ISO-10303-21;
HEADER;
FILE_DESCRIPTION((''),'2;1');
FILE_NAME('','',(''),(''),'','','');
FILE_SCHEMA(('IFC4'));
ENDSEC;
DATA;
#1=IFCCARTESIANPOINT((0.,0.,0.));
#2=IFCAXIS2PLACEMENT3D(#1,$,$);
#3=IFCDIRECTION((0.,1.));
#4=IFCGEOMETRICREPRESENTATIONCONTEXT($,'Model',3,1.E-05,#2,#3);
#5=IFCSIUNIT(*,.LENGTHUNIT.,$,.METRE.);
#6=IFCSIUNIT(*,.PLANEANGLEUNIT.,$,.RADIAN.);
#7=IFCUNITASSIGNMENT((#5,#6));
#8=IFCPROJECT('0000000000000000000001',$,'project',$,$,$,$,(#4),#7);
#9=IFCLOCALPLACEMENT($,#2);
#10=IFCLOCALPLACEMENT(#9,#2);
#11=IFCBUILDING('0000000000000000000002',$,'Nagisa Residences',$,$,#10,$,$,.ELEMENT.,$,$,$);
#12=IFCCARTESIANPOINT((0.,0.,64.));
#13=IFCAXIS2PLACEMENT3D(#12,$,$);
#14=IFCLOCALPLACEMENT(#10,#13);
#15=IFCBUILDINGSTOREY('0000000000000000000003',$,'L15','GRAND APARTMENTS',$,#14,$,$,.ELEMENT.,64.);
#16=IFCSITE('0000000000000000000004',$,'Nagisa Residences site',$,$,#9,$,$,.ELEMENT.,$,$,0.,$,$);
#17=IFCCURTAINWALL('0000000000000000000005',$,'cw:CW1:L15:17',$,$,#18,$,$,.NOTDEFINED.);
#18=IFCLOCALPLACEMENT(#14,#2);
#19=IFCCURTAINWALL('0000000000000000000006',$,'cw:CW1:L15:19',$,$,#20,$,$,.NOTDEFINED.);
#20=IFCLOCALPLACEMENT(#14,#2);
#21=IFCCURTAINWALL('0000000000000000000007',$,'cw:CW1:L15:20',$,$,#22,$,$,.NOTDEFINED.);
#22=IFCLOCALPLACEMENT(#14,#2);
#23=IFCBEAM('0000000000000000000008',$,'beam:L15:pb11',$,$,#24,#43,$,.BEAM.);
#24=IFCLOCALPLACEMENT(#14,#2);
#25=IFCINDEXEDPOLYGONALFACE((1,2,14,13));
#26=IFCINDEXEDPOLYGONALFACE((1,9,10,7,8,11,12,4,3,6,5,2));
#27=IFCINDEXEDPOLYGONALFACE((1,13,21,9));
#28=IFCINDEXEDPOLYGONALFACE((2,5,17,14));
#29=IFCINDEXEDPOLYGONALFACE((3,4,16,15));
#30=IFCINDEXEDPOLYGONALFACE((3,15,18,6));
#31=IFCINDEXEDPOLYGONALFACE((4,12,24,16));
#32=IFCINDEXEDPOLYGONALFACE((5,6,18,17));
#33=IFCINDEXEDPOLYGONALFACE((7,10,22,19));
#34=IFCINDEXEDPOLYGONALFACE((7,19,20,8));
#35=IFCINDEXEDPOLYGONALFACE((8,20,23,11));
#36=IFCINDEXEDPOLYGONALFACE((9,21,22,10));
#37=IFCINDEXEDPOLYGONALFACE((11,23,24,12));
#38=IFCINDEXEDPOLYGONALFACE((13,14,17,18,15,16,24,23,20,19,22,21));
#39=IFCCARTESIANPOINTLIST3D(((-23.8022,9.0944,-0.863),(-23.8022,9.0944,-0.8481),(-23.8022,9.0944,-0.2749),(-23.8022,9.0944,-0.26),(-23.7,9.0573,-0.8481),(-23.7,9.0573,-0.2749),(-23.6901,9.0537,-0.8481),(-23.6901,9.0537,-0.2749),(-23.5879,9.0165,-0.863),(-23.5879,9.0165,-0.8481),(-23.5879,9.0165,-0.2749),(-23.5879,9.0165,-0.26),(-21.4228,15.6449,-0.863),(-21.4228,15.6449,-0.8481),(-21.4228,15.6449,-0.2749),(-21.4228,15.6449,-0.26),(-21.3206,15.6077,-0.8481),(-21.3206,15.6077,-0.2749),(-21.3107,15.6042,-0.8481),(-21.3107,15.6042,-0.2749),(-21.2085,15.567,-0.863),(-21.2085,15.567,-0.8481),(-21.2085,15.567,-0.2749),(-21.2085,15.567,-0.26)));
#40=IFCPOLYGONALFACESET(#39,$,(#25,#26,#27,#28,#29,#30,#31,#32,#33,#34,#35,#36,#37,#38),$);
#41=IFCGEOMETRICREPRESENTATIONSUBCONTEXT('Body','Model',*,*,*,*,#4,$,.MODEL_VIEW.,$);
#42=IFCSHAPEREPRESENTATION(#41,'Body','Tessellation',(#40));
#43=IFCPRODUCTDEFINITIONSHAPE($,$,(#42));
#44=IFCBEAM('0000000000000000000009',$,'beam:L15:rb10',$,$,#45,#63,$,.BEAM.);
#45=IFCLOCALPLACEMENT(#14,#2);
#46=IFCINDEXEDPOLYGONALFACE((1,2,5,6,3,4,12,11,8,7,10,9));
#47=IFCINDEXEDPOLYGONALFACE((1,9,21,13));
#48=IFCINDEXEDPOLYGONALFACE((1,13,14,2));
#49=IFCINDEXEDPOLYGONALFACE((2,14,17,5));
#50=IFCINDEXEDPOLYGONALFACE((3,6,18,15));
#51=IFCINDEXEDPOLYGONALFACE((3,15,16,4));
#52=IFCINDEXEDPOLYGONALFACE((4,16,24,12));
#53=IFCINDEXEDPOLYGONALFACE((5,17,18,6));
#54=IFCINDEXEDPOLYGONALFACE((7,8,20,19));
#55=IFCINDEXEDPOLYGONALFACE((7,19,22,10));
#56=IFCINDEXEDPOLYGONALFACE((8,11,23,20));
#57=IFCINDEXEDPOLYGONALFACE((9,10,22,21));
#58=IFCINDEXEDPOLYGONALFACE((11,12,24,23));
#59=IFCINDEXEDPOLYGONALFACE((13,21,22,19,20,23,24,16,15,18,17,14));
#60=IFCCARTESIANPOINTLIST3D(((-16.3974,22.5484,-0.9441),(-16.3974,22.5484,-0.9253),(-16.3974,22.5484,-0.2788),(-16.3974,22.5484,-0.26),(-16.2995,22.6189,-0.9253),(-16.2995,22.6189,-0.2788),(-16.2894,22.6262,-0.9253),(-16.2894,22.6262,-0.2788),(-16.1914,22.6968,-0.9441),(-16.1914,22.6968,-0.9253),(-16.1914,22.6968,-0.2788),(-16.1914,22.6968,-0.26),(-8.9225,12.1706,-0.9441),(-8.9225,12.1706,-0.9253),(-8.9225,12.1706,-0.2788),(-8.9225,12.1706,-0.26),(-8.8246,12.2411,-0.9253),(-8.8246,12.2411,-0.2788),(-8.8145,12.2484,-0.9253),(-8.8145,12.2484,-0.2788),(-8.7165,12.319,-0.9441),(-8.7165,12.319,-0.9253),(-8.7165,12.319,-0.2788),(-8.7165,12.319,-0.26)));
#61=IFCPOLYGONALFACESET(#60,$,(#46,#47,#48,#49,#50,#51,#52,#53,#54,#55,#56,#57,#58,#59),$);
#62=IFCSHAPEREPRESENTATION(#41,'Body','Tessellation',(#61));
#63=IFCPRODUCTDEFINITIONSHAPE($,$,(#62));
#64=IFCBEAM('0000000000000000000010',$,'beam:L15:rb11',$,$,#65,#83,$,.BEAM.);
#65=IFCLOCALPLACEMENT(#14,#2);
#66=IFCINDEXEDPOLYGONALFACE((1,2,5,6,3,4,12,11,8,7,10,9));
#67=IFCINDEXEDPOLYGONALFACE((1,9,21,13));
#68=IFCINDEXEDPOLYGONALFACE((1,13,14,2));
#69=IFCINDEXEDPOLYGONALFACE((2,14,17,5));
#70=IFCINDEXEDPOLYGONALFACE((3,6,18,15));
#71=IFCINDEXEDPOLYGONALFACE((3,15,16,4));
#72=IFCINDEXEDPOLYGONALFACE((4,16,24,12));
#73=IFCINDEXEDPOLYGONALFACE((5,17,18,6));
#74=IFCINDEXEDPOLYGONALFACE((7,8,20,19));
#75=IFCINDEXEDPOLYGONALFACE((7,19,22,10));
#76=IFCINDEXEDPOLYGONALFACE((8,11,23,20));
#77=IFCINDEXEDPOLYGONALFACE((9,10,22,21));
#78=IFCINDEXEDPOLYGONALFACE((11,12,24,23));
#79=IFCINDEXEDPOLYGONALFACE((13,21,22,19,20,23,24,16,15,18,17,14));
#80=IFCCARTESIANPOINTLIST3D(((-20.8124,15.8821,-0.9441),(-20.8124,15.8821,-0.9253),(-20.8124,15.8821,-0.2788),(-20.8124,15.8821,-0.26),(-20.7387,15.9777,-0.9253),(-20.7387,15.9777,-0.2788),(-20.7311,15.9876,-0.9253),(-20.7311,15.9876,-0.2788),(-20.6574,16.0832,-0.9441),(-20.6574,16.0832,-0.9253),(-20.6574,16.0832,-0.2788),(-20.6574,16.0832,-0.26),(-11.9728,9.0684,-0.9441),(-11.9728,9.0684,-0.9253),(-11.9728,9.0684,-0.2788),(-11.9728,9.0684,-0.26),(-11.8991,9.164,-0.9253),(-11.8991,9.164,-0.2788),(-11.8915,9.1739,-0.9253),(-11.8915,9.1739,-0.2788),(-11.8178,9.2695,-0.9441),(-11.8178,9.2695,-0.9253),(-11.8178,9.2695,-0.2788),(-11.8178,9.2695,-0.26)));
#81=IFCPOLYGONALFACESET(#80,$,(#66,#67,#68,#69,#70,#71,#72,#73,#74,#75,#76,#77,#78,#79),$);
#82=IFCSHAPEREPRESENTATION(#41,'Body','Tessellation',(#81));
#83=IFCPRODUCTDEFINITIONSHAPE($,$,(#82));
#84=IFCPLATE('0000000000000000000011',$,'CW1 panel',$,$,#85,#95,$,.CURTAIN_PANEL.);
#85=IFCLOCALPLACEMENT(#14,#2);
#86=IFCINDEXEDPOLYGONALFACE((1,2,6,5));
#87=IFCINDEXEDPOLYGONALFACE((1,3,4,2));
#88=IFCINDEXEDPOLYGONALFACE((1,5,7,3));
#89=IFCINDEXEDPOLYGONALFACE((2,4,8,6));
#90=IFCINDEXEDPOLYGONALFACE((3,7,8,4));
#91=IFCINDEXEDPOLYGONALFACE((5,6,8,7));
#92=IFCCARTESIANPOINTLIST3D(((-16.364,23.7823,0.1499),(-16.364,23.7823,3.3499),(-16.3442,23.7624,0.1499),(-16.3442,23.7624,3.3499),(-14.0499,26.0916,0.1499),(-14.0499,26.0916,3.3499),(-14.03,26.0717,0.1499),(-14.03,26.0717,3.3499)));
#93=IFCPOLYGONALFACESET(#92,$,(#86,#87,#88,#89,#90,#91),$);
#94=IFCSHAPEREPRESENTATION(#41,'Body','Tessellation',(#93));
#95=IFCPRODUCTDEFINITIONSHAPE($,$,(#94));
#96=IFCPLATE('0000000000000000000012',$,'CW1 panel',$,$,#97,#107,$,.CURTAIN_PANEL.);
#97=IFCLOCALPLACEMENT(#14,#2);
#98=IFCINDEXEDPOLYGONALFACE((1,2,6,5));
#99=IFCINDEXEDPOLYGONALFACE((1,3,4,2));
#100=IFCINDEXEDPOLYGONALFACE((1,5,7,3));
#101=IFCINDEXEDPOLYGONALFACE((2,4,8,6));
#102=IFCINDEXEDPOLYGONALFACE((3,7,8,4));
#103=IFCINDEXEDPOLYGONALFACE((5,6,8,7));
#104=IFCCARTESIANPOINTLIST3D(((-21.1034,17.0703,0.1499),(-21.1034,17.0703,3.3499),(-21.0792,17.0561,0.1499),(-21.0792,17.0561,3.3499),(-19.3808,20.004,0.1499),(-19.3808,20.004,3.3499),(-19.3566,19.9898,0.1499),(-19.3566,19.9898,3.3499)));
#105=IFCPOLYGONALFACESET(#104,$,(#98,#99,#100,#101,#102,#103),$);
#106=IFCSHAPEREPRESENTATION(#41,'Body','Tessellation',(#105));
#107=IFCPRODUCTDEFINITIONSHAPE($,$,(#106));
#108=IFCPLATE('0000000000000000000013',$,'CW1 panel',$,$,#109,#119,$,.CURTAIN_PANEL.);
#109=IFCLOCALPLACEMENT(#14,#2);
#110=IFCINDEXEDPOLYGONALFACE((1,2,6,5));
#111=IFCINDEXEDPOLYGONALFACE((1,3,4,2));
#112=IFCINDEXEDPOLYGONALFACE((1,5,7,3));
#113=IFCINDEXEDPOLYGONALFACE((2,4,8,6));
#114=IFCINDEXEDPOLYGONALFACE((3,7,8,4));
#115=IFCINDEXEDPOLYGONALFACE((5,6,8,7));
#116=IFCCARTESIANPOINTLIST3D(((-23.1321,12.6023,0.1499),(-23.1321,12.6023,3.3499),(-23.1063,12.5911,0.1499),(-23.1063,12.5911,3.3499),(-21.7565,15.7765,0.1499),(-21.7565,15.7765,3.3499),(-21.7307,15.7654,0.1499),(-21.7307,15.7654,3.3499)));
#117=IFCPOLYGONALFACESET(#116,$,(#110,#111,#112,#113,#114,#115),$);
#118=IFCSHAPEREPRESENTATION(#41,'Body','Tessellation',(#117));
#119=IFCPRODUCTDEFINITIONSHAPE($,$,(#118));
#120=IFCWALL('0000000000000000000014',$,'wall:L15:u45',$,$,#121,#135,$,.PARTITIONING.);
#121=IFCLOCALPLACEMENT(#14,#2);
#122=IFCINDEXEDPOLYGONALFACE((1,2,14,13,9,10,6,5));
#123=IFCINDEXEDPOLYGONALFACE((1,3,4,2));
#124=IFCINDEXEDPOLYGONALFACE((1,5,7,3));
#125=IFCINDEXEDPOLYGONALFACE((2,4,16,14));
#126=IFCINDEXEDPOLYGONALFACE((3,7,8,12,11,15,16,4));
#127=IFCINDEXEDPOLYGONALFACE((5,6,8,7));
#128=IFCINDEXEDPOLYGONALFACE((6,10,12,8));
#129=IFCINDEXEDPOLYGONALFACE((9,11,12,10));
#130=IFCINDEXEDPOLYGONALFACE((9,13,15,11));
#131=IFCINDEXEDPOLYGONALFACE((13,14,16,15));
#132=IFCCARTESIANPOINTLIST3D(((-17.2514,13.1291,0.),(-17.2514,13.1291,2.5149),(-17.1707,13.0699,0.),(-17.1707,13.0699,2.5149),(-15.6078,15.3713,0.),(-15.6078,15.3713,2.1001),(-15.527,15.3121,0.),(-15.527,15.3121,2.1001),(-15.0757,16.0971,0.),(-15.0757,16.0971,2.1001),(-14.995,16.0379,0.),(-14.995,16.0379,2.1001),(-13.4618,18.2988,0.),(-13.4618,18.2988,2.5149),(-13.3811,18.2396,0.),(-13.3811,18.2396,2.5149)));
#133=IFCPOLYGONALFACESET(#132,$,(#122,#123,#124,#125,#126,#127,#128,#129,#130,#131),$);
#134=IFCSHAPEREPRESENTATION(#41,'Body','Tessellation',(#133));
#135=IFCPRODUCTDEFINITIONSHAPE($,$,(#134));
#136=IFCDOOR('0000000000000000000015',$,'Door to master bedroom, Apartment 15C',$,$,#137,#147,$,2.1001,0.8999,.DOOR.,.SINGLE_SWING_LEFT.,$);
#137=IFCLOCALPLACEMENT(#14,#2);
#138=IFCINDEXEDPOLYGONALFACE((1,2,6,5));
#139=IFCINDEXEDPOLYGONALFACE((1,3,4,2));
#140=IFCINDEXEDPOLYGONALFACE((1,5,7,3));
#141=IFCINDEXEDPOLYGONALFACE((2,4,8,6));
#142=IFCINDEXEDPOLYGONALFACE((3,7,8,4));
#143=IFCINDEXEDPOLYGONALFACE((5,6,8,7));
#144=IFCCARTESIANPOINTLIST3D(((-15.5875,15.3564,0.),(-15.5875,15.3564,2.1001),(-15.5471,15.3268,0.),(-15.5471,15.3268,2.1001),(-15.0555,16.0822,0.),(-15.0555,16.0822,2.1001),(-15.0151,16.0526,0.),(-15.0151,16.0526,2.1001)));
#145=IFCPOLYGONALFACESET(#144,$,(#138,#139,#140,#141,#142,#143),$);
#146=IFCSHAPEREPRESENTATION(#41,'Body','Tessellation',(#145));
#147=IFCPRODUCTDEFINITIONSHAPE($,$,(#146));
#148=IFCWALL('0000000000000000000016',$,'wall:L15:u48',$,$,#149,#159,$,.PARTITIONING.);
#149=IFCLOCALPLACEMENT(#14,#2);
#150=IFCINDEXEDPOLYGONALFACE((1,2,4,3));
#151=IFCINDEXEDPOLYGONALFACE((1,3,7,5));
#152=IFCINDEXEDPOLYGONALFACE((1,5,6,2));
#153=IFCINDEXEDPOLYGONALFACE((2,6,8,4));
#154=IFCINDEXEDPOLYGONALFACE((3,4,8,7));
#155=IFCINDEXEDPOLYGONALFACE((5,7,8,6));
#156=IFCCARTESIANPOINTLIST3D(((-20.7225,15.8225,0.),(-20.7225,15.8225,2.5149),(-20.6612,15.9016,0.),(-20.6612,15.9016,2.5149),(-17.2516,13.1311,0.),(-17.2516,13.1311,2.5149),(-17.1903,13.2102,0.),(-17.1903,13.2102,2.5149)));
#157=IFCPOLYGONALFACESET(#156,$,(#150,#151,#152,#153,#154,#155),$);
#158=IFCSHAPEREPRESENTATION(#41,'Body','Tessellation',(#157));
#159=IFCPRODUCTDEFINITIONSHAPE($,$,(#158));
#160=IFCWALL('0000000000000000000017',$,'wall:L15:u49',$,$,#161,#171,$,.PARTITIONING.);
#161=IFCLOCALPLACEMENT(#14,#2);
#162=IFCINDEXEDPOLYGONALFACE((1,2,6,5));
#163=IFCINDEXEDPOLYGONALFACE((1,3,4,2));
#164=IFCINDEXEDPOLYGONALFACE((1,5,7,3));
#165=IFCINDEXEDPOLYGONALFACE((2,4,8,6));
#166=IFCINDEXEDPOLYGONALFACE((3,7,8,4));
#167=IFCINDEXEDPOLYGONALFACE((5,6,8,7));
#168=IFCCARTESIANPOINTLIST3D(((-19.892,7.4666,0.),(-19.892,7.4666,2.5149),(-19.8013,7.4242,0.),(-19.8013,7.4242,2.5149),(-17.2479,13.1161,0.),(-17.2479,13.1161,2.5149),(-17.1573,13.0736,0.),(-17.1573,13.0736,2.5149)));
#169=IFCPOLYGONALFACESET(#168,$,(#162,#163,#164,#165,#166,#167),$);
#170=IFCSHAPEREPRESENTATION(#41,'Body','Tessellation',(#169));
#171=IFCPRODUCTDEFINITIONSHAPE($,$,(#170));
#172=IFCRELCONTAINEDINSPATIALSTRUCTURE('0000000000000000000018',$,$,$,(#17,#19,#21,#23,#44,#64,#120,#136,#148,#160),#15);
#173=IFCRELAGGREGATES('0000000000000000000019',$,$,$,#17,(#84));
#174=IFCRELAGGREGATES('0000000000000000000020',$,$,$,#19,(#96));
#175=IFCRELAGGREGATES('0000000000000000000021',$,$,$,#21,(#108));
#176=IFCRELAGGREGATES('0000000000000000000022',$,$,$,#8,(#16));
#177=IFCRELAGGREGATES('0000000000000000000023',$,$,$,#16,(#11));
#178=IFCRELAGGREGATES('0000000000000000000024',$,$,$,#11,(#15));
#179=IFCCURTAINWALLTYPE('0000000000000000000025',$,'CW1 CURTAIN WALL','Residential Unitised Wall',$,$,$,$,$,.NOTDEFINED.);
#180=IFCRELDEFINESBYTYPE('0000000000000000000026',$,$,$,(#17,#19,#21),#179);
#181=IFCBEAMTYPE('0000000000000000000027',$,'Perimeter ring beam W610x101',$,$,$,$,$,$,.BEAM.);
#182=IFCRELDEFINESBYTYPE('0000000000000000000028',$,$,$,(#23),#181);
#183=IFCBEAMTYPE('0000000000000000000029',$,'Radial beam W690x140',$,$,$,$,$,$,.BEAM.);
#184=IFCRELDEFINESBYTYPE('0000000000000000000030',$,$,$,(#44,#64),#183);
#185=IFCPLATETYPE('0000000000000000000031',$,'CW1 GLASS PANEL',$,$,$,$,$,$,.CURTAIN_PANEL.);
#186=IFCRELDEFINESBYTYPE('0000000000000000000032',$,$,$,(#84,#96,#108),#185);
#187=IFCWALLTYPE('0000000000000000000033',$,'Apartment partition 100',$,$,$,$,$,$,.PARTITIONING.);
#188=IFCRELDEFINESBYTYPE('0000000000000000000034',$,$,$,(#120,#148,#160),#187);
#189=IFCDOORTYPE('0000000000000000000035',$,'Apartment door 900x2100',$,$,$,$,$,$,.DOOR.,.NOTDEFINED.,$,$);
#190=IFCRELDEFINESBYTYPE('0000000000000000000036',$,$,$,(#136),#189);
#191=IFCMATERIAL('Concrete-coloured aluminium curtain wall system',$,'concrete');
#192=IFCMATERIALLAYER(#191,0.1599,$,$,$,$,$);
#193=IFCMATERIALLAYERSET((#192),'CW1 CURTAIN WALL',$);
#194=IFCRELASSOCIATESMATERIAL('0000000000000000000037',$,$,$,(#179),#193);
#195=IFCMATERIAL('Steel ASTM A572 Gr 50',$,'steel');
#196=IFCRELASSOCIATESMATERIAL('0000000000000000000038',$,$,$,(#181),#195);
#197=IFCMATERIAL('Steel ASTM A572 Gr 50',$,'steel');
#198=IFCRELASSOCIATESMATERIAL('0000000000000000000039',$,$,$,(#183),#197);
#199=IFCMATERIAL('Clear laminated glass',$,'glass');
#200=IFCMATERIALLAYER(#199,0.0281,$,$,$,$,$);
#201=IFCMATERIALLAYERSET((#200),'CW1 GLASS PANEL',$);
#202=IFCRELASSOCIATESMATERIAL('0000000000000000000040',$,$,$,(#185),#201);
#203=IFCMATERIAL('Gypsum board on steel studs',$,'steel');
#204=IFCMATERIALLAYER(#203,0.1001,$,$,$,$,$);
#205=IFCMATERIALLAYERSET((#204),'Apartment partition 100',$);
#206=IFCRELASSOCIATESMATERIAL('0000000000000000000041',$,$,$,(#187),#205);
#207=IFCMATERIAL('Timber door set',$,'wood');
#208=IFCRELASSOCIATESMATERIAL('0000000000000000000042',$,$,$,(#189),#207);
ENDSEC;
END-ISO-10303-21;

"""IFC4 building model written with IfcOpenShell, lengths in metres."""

from ifc_helpers import new_model, si_unit, direction, frame, frame_2d, origin, origin_2d, place, context, subcontext, project, spatial, rectangle, i_section, extrude, material, layer, layer_set, material_profile, profile_set, type_object, element, fill, aggregate, save


model = new_model("IFC4")

# Units and contexts
model_context = context("Model", 3, precision=1e-05, world=origin(), true_north=direction((0.0, 1.0)))
body_context = subcontext(model_context, "Body", "Model", "MODEL_VIEW")
ifc_project = project(units=[si_unit("LENGTHUNIT", "METRE"), si_unit("PLANEANGLEUNIT", "RADIAN")], contexts=[model_context])

# Site, building, storey
site_placement = place(None, origin())
site = spatial("IfcSite", under=ifc_project, at=site_placement, Name="Nagisa Residences site", CompositionType="ELEMENT", RefElevation=0.0)
building_placement = place(site_placement, origin())
building = spatial("IfcBuilding", under=site, at=building_placement, Name="Nagisa Residences", CompositionType="ELEMENT")
storey_placement = place(building_placement, frame((0.0, 0.0, 64.0)))
storey = spatial("IfcBuildingStorey", under=building, at=storey_placement, Name="L15", Description="GRAND APARTMENTS", CompositionType="ELEMENT", Elevation=64.0)

# Curtain walls
ifc_material_1 = material(Name="Concrete-coloured aluminium curtain wall system", Category="concrete")
ifc_layer_1 = layer(ifc_material_1, 0.1599)
ifc_layer_set_1 = layer_set([ifc_layer_1], Name="CW1 CURTAIN WALL")
curtain_wall_type = type_object("IfcCurtainWallType", Name="CW1 CURTAIN WALL", Description="Residential Unitised Wall", PredefinedType="NOTDEFINED", material=ifc_layer_set_1)
curtain_wall_1_placement = place(storey_placement, origin())
curtain_wall_1 = element("IfcCurtainWall", 1, at=curtain_wall_1_placement, inside=storey, type_object=curtain_wall_type, Name="cw:CW1:L15:17", PredefinedType="NOTDEFINED")
curtain_wall_2_placement = place(storey_placement, origin())
curtain_wall_2 = element("IfcCurtainWall", 2, at=curtain_wall_2_placement, inside=storey, type_object=curtain_wall_type, Name="cw:CW1:L15:19", PredefinedType="NOTDEFINED")
curtain_wall_3_placement = place(storey_placement, origin())
curtain_wall_3 = element("IfcCurtainWall", 3, at=curtain_wall_3_placement, inside=storey, type_object=curtain_wall_type, Name="cw:CW1:L15:20", PredefinedType="NOTDEFINED")

# Beams
ifc_material_2 = material(Name="Steel ASTM A572 Gr 50", Category="steel")
ifc_material_profile_1 = material_profile(ifc_material_2, i_section(OverallWidth=0.228, OverallDepth=0.603, WebThickness=0.0105, FlangeThickness=0.0149, at=origin_2d()), Name="W610x101")
ifc_profile_set_1 = profile_set([ifc_material_profile_1], Name="Steel ASTM A572 Gr 50")
beam_type_1 = type_object("IfcBeamType", Name="Perimeter ring beam W610x101", PredefinedType="BEAM", material=ifc_profile_set_1)
beam_1_placement = place(storey_placement, frame((-21.3157, 15.606, -0.5615), z_axis=(-0.341411, -0.939914, 0.0), x_axis=(0.939914, -0.341411, 0.0)))
element("IfcBeam", 4, at=beam_1_placement, inside=storey, type_object=beam_type_1, Name="beam:L15:pb11", PredefinedType="BEAM", context=body_context, shape_type="SweptSolid", body=[
    extrude(i_section(OverallWidth=0.228, OverallDepth=0.603, WebThickness=0.0105, FlangeThickness=0.0149, at=origin_2d()), origin(), (0.0, 0.0, 1.0), 6.9692),
])
ifc_material_3 = material(Name="Steel ASTM A572 Gr 50", Category="steel")
ifc_material_profile_2 = material_profile(ifc_material_3, i_section(OverallWidth=0.2539, OverallDepth=0.6841, WebThickness=0.0125, FlangeThickness=0.0188, at=origin_2d()), Name="W690x140")
ifc_profile_set_2 = profile_set([ifc_material_profile_2], Name="Steel ASTM A572 Gr 50")
beam_type_2 = type_object("IfcBeamType", Name="Radial beam W690x140", PredefinedType="BEAM", material=ifc_profile_set_2)
beam_2_placement = place(storey_placement, frame((-16.2944, 22.6226, -0.6021), z_axis=(0.584455, -0.811426, 0.0), x_axis=(0.811426, 0.584455, 0.0)))
element("IfcBeam", 5, at=beam_2_placement, inside=storey, type_object=beam_type_2, Name="beam:L15:rb10", PredefinedType="BEAM", context=body_context, shape_type="SweptSolid", body=[
    extrude(i_section(OverallWidth=0.2539, OverallDepth=0.6841, WebThickness=0.0125, FlangeThickness=0.0188, at=origin_2d()), origin(), (0.0, 0.0, 1.0), 12.7896),
])
beam_3_placement = place(storey_placement, frame((-20.7349, 15.9827, -0.6021), z_axis=(0.792016, -0.6105, 0.0), x_axis=(0.6105, 0.792016, 0.0)))
element("IfcBeam", 6, at=beam_3_placement, inside=storey, type_object=beam_type_2, Name="beam:L15:rb11", PredefinedType="BEAM", context=body_context, shape_type="SweptSolid", body=[
    extrude(i_section(OverallWidth=0.2539, OverallDepth=0.6841, WebThickness=0.0125, FlangeThickness=0.0188, at=origin_2d()), origin(), (0.0, 0.0, 1.0), 11.1609),
])

# Plates
ifc_material_4 = material(Name="Clear laminated glass", Category="glass")
ifc_layer_2 = layer(ifc_material_4, 0.0281)
ifc_layer_set_2 = layer_set([ifc_layer_2], Name="CW1 GLASS PANEL")
plate_type = type_object("IfcPlateType", Name="CW1 GLASS PANEL", PredefinedType="CURTAIN_PANEL", material=ifc_layer_set_2)
plate_1_placement = place(storey_placement, frame((-15.197, 24.927, 0.1499), z_axis=(0.0, 0.0, 1.0), x_axis=(-0.707836, -0.706377, 0.0)))
plate_1 = element("IfcPlate", 7, at=plate_1_placement, type_object=plate_type, Name="CW1 panel", PredefinedType="CURTAIN_PANEL", context=body_context, shape_type="SweptSolid", body=[
    extrude(rectangle(XDim=3.2693, YDim=0.0281, at=origin_2d()), origin(), (0.0, 0.0, 1.0), 3.2),
])
aggregate(curtain_wall_1, [plate_1])
plate_2_placement = place(storey_placement, frame((-20.23, 18.53, 0.1499), z_axis=(0.0, 0.0, 1.0), x_axis=(-0.506349, -0.862329, 0.0)))
plate_2 = element("IfcPlate", 8, at=plate_2_placement, type_object=plate_type, Name="CW1 panel", PredefinedType="CURTAIN_PANEL", context=body_context, shape_type="SweptSolid", body=[
    extrude(rectangle(XDim=3.4021, YDim=0.0281, at=origin_2d()), origin(), (0.0, 0.0, 1.0), 3.2),
])
aggregate(curtain_wall_2, [plate_2])
plate_3_placement = place(storey_placement, frame((-22.4314, 14.1838, 0.1499), z_axis=(0.0, 0.0, 1.0), x_axis=(-0.397636, -0.917543, 0.0)))
plate_3 = element("IfcPlate", 9, at=plate_3_placement, type_object=plate_type, Name="CW1 panel", PredefinedType="CURTAIN_PANEL", context=body_context, shape_type="SweptSolid", body=[
    extrude(rectangle(XDim=3.4595, YDim=0.0281, at=origin_2d()), origin(), (0.0, 0.0, 1.0), 3.2),
])
aggregate(curtain_wall_3, [plate_3])

# Wall, opening, door
ifc_material_5 = material(Name="Gypsum board on steel studs", Category="steel")
ifc_layer_3 = layer(ifc_material_5, 0.1001)
ifc_layer_set_3 = layer_set([ifc_layer_3], Name="Apartment partition 100")
wall_type_1 = type_object("IfcWallType", Name="Apartment partition 100", PredefinedType="PARTITIONING", material=ifc_layer_set_3)
wall_1_placement = place(storey_placement, frame((-13.4214, 18.2693, 0.0), z_axis=(0.0, 0.0, 1.0), x_axis=(-0.591207, -0.80652, 0.0)))
wall_1 = element("IfcWall", 10, at=wall_1_placement, inside=storey, type_object=wall_type_1, Name="wall:L15:u45", PredefinedType="PARTITIONING", context=body_context, shape_type="SweptSolid", body=[
    extrude(rectangle(XDim=6.4099, YDim=0.1001, at=frame_2d((3.2051, 0.0))), origin(), (0.0, 0.0, 1.0), 2.5149),
])
opening_1_placement = place(wall_1_placement, frame((2.73, 0.0, 0.0)))
opening_1 = element("IfcOpeningElement", 11, at=opening_1_placement, cuts=wall_1, PredefinedType="OPENING", context=body_context, shape_type="SweptSolid", body=[
    extrude(rectangle(XDim=0.8999, YDim=2.1001, at=frame_2d((0.45, 1.05))), frame((0.0, 0.0601, 0.0), z_axis=(0.0, -1.0, 0.0), x_axis=(1.0, 0.0, 0.0)), (0.0, 0.0, 1.0), 0.1201),
])
ifc_material_6 = material(Name="Timber door set", Category="wood")
door_type_1 = type_object("IfcDoorType", Name="Apartment door 900x2100", OperationType="NOTDEFINED", PredefinedType="DOOR", material=ifc_material_6)
door_1_placement = place(opening_1_placement, frame((0.8999, 0.0, 0.0), x_axis=(-1.0, 0.0, 0.0)))
door_1 = element("IfcDoor", 12, at=door_1_placement, inside=storey, type_object=door_type_1, Name="Door to master bedroom, Apartment 15C", OperationType="SINGLE_SWING_LEFT", OverallHeight=2.1001, OverallWidth=0.8999, PredefinedType="DOOR", context=body_context, shape_type="SweptSolid", body=[
    extrude(rectangle(XDim=0.8999, YDim=2.1001, at=frame_2d((0.45, 1.05))), frame((0.0, 0.0249, 0.0), z_axis=(0.0, -1.0, 0.0), x_axis=(1.0, 0.0, 0.0)), (0.0, 0.0, 1.0), 0.05),
])
fill(opening_1, door_1)

# Walls
wall_2_placement = place(storey_placement, frame((-17.2209, 13.1707, 0.0), z_axis=(0.0, 0.0, 1.0), x_axis=(-0.790258, 0.612774, 0.0)))
element("IfcWall", 13, at=wall_2_placement, inside=storey, type_object=wall_type_1, Name="wall:L15:u48", PredefinedType="PARTITIONING", context=body_context, shape_type="SweptSolid", body=[
    extrude(rectangle(XDim=4.3921, YDim=0.1001, at=frame_2d((2.196, 0.0))), origin(), (0.0, 0.0, 1.0), 2.5149),
])
wall_3_placement = place(storey_placement, frame((-17.2026, 13.0947, 0.0), z_axis=(0.0, 0.0, 1.0), x_axis=(-0.423892, -0.905713, 0.0)))
element("IfcWall", 14, at=wall_3_placement, inside=storey, type_object=wall_type_1, Name="wall:L15:u49", PredefinedType="PARTITIONING", context=body_context, shape_type="SweptSolid", body=[
    extrude(rectangle(XDim=6.2375, YDim=0.1001, at=frame_2d((3.1187, 0.0))), origin(), (0.0, 0.0, 1.0), 2.5149),
])

save(model, "model.ifc")
